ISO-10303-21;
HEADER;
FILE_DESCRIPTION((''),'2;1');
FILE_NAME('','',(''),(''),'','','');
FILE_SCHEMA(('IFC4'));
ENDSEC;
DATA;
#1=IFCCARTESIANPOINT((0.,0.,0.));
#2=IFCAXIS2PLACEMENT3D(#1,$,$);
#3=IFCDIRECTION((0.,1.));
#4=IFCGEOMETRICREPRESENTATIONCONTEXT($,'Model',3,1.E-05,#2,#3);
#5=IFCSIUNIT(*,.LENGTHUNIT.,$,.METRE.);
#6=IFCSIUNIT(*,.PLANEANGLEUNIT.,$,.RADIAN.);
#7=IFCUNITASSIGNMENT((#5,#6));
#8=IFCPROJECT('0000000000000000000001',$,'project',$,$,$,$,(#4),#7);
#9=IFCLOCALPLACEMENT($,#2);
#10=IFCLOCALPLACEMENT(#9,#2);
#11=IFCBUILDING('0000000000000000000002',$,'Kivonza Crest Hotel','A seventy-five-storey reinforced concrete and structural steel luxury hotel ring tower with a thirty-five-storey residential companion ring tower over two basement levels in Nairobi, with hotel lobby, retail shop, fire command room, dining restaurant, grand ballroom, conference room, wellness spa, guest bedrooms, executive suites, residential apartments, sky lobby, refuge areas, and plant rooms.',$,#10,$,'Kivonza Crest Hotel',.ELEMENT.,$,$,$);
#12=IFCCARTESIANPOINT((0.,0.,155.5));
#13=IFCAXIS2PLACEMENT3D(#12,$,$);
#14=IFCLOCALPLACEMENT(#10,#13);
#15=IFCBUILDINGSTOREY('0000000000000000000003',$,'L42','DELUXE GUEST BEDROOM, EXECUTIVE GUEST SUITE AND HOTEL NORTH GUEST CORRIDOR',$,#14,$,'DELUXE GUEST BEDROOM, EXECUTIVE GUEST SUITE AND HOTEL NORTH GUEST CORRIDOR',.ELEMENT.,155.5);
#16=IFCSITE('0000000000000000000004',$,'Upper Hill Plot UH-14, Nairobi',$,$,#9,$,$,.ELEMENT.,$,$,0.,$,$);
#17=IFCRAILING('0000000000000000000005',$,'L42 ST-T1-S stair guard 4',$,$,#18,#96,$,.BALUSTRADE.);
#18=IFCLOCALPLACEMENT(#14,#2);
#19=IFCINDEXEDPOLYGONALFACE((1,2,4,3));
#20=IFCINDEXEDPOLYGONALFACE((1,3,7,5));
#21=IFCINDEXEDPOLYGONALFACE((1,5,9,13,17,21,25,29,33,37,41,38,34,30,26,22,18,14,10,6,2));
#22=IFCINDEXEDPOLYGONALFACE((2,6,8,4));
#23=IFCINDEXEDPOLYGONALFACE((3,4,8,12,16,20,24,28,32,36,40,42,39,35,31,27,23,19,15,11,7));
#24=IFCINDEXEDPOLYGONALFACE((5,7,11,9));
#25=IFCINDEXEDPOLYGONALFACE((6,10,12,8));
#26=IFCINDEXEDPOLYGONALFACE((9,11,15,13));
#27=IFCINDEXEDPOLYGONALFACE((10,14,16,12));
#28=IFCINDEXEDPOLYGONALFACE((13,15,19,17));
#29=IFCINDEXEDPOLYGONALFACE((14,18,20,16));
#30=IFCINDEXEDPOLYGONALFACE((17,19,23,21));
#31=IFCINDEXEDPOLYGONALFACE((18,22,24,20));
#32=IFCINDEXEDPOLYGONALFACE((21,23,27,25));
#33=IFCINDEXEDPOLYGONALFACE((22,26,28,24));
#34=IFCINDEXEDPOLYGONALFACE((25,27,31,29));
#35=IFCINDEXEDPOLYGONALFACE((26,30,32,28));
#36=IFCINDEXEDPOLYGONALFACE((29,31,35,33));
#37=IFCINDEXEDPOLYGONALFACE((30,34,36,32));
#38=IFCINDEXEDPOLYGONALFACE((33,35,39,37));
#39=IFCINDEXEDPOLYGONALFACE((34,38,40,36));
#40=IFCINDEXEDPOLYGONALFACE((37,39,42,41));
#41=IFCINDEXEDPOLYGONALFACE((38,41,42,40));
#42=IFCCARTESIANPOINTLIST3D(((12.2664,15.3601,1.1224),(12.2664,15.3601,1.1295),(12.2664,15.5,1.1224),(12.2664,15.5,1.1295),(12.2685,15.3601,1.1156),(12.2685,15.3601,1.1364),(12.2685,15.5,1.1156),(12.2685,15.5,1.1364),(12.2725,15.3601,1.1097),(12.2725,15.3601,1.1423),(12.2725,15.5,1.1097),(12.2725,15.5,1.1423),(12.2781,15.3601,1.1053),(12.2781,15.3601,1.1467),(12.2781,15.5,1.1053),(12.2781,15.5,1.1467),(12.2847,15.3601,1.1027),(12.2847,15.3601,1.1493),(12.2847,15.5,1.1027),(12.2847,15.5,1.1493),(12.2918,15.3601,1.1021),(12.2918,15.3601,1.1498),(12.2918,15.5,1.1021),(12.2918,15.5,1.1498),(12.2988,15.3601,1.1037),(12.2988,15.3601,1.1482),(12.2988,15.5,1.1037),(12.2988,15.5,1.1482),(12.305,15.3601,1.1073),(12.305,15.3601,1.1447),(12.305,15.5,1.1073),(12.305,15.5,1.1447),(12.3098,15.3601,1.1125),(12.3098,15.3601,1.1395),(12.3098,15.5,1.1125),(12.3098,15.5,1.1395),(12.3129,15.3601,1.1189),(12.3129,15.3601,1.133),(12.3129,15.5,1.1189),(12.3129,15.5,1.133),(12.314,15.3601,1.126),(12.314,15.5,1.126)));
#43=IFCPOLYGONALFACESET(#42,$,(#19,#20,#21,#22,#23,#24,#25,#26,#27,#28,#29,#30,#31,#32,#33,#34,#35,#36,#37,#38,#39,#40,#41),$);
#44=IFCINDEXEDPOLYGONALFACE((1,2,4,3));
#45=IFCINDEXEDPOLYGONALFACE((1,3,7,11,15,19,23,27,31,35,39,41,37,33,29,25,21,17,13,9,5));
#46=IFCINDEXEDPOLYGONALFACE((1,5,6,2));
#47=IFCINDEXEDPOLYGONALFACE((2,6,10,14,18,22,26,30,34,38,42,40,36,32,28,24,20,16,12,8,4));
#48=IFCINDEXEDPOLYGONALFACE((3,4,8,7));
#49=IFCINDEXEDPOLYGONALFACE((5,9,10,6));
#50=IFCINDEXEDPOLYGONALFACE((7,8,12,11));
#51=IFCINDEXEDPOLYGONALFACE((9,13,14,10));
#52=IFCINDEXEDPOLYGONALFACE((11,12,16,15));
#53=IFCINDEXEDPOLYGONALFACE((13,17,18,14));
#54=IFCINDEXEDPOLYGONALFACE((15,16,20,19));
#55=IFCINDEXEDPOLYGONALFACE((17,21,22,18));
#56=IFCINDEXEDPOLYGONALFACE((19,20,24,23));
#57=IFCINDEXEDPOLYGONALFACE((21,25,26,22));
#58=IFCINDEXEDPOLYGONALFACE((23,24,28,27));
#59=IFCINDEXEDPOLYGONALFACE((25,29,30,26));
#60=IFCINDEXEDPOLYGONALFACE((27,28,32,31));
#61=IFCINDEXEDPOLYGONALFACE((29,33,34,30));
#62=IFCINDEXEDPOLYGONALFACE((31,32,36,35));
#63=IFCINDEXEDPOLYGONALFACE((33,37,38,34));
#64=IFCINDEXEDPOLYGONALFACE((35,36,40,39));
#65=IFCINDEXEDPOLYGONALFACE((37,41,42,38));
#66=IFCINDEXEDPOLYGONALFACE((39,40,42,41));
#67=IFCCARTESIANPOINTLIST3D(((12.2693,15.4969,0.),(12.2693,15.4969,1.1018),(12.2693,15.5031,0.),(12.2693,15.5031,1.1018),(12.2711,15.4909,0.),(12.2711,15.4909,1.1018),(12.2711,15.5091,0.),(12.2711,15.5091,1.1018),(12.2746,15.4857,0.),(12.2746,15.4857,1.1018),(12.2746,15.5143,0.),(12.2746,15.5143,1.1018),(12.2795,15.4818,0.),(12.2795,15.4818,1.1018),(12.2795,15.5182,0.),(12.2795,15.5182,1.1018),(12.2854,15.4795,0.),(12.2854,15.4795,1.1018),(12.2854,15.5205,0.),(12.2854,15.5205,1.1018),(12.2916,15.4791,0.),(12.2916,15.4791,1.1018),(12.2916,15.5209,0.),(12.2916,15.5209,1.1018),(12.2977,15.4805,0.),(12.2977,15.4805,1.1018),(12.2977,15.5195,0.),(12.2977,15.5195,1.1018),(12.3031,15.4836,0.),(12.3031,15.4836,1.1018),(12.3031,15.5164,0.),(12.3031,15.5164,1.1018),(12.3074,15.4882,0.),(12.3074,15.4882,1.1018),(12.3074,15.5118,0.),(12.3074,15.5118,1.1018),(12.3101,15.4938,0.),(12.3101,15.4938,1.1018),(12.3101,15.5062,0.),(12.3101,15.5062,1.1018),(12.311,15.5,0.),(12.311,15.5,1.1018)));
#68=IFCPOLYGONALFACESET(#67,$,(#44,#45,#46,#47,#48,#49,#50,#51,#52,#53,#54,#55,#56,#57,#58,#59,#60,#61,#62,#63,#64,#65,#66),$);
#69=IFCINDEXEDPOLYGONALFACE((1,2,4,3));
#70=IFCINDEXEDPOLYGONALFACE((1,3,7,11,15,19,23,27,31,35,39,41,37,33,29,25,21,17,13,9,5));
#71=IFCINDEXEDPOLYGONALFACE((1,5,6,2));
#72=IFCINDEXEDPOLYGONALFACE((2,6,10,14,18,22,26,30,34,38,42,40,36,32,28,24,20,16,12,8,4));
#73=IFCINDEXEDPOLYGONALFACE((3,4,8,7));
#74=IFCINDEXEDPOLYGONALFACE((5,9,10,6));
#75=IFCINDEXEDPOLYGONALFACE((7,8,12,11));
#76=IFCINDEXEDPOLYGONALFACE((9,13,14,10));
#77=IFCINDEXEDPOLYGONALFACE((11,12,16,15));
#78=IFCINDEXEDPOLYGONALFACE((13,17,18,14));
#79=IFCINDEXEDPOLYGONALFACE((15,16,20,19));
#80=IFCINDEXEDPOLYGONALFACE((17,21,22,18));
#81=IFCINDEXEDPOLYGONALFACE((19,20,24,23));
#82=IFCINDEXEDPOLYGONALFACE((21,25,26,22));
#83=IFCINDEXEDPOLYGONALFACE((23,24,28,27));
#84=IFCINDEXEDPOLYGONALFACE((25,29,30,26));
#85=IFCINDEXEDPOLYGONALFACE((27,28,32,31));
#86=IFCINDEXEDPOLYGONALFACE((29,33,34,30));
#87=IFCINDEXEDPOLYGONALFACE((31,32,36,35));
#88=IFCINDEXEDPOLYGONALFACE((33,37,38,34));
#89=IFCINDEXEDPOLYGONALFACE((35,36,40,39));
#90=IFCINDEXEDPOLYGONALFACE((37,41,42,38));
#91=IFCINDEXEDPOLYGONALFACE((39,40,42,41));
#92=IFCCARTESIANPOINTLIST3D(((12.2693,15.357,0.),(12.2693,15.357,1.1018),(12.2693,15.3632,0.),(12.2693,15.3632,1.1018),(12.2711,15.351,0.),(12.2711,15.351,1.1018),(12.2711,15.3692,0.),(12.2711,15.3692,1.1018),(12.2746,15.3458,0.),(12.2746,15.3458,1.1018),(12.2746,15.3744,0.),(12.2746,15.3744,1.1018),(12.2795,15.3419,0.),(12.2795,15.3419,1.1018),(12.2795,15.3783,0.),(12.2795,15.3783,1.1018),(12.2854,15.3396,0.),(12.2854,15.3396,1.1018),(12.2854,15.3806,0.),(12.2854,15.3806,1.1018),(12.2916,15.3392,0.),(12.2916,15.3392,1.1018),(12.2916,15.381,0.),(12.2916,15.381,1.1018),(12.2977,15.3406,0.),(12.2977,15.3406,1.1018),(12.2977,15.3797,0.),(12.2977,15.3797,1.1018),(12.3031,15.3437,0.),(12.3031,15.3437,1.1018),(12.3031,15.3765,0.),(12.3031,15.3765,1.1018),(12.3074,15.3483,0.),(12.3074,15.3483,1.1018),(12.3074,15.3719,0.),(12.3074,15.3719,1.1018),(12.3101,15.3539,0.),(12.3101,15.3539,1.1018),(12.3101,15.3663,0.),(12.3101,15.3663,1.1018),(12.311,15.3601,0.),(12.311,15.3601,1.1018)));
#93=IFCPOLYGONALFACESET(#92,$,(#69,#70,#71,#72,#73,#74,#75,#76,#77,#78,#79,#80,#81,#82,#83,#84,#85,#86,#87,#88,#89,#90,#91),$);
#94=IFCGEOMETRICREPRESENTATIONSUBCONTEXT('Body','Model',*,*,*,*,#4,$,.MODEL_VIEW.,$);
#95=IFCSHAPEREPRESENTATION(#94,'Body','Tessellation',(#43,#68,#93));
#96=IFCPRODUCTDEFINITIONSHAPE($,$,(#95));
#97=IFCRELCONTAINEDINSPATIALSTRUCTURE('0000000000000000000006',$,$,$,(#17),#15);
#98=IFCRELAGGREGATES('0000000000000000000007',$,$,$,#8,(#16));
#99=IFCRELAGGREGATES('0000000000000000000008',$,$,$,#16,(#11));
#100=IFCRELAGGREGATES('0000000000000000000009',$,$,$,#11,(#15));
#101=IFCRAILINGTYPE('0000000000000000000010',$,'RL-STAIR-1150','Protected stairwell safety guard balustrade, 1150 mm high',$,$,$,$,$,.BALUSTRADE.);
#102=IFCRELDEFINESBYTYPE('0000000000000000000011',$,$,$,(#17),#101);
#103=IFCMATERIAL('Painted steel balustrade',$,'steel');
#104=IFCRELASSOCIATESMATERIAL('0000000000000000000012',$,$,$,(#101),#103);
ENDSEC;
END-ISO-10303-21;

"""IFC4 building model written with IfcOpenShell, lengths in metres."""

from ifc_helpers import new_model, si_unit, direction, frame, origin, origin_2d, place, context, subcontext, project, spatial, circle, extrude, material, type_object, element, save


model = new_model("IFC4")

# Units and contexts
model_context = context("Model", 3, precision=1e-05, world=origin(), true_north=direction((0.0, 1.0)))
body_context = subcontext(model_context, "Body", "Model", "MODEL_VIEW")
ifc_project = project(units=[si_unit("LENGTHUNIT", "METRE"), si_unit("PLANEANGLEUNIT", "RADIAN")], contexts=[model_context])

# Site, building, storey
site_placement = place(None, origin())
site = spatial("IfcSite", under=ifc_project, at=site_placement, Name="Upper Hill Plot UH-14, Nairobi", CompositionType="ELEMENT", RefElevation=0.0)
building_placement = place(site_placement, origin())
building = spatial("IfcBuilding", under=site, at=building_placement, Name="Kivonza Crest Hotel", Description="A seventy-five-storey reinforced concrete and structural steel luxury hotel ring tower with a thirty-five-storey residential companion ring tower over two basement levels in Nairobi, with hotel lobby, retail shop, fire command room, dining restaurant, grand ballroom, conference room, wellness spa, guest bedrooms, executive suites, residential apartments, sky lobby, refuge areas, and plant rooms.", LongName="Kivonza Crest Hotel", CompositionType="ELEMENT")
storey_placement = place(building_placement, frame((0.0, 0.0, 155.5)))
storey = spatial("IfcBuildingStorey", under=building, at=storey_placement, Name="L42", Description="DELUXE GUEST BEDROOM, EXECUTIVE GUEST SUITE AND HOTEL NORTH GUEST CORRIDOR", LongName="DELUXE GUEST BEDROOM, EXECUTIVE GUEST SUITE AND HOTEL NORTH GUEST CORRIDOR", CompositionType="ELEMENT", Elevation=155.5)

# Railing
ifc_material_1 = material(Name="Painted steel balustrade", Category="steel")
railing_type_1 = type_object("IfcRailingType", Name="RL-STAIR-1150", Description="Protected stairwell safety guard balustrade, 1150 mm high", PredefinedType="BALUSTRADE", material=ifc_material_1)
railing_1_placement = place(storey_placement, frame((12.29, 15.5, 0.0)))
element("IfcRailing", 1, at=railing_1_placement, inside=storey, type_object=railing_type_1, Name="L42 ST-T1-S stair guard 4", PredefinedType="BALUSTRADE", context=body_context, shape_type="SweptSolid", body=[
    extrude(circle(Radius=0.0239, at=origin_2d()), frame((0.0, 0.0, 1.126), z_axis=(0.0, -1.0, 0.0), x_axis=(1.0, 0.0, 0.0)), (0.0, 0.0, 1.0), 0.1399),
    extrude(circle(Radius=0.021, at=origin_2d()), origin(), (0.0, 0.0, 1.0), 1.1018),
    extrude(circle(Radius=0.021, at=origin_2d()), frame((0.0, -0.1399, 0.0)), (0.0, 0.0, 1.0), 1.1018),
])

save(model, "model.ifc")
